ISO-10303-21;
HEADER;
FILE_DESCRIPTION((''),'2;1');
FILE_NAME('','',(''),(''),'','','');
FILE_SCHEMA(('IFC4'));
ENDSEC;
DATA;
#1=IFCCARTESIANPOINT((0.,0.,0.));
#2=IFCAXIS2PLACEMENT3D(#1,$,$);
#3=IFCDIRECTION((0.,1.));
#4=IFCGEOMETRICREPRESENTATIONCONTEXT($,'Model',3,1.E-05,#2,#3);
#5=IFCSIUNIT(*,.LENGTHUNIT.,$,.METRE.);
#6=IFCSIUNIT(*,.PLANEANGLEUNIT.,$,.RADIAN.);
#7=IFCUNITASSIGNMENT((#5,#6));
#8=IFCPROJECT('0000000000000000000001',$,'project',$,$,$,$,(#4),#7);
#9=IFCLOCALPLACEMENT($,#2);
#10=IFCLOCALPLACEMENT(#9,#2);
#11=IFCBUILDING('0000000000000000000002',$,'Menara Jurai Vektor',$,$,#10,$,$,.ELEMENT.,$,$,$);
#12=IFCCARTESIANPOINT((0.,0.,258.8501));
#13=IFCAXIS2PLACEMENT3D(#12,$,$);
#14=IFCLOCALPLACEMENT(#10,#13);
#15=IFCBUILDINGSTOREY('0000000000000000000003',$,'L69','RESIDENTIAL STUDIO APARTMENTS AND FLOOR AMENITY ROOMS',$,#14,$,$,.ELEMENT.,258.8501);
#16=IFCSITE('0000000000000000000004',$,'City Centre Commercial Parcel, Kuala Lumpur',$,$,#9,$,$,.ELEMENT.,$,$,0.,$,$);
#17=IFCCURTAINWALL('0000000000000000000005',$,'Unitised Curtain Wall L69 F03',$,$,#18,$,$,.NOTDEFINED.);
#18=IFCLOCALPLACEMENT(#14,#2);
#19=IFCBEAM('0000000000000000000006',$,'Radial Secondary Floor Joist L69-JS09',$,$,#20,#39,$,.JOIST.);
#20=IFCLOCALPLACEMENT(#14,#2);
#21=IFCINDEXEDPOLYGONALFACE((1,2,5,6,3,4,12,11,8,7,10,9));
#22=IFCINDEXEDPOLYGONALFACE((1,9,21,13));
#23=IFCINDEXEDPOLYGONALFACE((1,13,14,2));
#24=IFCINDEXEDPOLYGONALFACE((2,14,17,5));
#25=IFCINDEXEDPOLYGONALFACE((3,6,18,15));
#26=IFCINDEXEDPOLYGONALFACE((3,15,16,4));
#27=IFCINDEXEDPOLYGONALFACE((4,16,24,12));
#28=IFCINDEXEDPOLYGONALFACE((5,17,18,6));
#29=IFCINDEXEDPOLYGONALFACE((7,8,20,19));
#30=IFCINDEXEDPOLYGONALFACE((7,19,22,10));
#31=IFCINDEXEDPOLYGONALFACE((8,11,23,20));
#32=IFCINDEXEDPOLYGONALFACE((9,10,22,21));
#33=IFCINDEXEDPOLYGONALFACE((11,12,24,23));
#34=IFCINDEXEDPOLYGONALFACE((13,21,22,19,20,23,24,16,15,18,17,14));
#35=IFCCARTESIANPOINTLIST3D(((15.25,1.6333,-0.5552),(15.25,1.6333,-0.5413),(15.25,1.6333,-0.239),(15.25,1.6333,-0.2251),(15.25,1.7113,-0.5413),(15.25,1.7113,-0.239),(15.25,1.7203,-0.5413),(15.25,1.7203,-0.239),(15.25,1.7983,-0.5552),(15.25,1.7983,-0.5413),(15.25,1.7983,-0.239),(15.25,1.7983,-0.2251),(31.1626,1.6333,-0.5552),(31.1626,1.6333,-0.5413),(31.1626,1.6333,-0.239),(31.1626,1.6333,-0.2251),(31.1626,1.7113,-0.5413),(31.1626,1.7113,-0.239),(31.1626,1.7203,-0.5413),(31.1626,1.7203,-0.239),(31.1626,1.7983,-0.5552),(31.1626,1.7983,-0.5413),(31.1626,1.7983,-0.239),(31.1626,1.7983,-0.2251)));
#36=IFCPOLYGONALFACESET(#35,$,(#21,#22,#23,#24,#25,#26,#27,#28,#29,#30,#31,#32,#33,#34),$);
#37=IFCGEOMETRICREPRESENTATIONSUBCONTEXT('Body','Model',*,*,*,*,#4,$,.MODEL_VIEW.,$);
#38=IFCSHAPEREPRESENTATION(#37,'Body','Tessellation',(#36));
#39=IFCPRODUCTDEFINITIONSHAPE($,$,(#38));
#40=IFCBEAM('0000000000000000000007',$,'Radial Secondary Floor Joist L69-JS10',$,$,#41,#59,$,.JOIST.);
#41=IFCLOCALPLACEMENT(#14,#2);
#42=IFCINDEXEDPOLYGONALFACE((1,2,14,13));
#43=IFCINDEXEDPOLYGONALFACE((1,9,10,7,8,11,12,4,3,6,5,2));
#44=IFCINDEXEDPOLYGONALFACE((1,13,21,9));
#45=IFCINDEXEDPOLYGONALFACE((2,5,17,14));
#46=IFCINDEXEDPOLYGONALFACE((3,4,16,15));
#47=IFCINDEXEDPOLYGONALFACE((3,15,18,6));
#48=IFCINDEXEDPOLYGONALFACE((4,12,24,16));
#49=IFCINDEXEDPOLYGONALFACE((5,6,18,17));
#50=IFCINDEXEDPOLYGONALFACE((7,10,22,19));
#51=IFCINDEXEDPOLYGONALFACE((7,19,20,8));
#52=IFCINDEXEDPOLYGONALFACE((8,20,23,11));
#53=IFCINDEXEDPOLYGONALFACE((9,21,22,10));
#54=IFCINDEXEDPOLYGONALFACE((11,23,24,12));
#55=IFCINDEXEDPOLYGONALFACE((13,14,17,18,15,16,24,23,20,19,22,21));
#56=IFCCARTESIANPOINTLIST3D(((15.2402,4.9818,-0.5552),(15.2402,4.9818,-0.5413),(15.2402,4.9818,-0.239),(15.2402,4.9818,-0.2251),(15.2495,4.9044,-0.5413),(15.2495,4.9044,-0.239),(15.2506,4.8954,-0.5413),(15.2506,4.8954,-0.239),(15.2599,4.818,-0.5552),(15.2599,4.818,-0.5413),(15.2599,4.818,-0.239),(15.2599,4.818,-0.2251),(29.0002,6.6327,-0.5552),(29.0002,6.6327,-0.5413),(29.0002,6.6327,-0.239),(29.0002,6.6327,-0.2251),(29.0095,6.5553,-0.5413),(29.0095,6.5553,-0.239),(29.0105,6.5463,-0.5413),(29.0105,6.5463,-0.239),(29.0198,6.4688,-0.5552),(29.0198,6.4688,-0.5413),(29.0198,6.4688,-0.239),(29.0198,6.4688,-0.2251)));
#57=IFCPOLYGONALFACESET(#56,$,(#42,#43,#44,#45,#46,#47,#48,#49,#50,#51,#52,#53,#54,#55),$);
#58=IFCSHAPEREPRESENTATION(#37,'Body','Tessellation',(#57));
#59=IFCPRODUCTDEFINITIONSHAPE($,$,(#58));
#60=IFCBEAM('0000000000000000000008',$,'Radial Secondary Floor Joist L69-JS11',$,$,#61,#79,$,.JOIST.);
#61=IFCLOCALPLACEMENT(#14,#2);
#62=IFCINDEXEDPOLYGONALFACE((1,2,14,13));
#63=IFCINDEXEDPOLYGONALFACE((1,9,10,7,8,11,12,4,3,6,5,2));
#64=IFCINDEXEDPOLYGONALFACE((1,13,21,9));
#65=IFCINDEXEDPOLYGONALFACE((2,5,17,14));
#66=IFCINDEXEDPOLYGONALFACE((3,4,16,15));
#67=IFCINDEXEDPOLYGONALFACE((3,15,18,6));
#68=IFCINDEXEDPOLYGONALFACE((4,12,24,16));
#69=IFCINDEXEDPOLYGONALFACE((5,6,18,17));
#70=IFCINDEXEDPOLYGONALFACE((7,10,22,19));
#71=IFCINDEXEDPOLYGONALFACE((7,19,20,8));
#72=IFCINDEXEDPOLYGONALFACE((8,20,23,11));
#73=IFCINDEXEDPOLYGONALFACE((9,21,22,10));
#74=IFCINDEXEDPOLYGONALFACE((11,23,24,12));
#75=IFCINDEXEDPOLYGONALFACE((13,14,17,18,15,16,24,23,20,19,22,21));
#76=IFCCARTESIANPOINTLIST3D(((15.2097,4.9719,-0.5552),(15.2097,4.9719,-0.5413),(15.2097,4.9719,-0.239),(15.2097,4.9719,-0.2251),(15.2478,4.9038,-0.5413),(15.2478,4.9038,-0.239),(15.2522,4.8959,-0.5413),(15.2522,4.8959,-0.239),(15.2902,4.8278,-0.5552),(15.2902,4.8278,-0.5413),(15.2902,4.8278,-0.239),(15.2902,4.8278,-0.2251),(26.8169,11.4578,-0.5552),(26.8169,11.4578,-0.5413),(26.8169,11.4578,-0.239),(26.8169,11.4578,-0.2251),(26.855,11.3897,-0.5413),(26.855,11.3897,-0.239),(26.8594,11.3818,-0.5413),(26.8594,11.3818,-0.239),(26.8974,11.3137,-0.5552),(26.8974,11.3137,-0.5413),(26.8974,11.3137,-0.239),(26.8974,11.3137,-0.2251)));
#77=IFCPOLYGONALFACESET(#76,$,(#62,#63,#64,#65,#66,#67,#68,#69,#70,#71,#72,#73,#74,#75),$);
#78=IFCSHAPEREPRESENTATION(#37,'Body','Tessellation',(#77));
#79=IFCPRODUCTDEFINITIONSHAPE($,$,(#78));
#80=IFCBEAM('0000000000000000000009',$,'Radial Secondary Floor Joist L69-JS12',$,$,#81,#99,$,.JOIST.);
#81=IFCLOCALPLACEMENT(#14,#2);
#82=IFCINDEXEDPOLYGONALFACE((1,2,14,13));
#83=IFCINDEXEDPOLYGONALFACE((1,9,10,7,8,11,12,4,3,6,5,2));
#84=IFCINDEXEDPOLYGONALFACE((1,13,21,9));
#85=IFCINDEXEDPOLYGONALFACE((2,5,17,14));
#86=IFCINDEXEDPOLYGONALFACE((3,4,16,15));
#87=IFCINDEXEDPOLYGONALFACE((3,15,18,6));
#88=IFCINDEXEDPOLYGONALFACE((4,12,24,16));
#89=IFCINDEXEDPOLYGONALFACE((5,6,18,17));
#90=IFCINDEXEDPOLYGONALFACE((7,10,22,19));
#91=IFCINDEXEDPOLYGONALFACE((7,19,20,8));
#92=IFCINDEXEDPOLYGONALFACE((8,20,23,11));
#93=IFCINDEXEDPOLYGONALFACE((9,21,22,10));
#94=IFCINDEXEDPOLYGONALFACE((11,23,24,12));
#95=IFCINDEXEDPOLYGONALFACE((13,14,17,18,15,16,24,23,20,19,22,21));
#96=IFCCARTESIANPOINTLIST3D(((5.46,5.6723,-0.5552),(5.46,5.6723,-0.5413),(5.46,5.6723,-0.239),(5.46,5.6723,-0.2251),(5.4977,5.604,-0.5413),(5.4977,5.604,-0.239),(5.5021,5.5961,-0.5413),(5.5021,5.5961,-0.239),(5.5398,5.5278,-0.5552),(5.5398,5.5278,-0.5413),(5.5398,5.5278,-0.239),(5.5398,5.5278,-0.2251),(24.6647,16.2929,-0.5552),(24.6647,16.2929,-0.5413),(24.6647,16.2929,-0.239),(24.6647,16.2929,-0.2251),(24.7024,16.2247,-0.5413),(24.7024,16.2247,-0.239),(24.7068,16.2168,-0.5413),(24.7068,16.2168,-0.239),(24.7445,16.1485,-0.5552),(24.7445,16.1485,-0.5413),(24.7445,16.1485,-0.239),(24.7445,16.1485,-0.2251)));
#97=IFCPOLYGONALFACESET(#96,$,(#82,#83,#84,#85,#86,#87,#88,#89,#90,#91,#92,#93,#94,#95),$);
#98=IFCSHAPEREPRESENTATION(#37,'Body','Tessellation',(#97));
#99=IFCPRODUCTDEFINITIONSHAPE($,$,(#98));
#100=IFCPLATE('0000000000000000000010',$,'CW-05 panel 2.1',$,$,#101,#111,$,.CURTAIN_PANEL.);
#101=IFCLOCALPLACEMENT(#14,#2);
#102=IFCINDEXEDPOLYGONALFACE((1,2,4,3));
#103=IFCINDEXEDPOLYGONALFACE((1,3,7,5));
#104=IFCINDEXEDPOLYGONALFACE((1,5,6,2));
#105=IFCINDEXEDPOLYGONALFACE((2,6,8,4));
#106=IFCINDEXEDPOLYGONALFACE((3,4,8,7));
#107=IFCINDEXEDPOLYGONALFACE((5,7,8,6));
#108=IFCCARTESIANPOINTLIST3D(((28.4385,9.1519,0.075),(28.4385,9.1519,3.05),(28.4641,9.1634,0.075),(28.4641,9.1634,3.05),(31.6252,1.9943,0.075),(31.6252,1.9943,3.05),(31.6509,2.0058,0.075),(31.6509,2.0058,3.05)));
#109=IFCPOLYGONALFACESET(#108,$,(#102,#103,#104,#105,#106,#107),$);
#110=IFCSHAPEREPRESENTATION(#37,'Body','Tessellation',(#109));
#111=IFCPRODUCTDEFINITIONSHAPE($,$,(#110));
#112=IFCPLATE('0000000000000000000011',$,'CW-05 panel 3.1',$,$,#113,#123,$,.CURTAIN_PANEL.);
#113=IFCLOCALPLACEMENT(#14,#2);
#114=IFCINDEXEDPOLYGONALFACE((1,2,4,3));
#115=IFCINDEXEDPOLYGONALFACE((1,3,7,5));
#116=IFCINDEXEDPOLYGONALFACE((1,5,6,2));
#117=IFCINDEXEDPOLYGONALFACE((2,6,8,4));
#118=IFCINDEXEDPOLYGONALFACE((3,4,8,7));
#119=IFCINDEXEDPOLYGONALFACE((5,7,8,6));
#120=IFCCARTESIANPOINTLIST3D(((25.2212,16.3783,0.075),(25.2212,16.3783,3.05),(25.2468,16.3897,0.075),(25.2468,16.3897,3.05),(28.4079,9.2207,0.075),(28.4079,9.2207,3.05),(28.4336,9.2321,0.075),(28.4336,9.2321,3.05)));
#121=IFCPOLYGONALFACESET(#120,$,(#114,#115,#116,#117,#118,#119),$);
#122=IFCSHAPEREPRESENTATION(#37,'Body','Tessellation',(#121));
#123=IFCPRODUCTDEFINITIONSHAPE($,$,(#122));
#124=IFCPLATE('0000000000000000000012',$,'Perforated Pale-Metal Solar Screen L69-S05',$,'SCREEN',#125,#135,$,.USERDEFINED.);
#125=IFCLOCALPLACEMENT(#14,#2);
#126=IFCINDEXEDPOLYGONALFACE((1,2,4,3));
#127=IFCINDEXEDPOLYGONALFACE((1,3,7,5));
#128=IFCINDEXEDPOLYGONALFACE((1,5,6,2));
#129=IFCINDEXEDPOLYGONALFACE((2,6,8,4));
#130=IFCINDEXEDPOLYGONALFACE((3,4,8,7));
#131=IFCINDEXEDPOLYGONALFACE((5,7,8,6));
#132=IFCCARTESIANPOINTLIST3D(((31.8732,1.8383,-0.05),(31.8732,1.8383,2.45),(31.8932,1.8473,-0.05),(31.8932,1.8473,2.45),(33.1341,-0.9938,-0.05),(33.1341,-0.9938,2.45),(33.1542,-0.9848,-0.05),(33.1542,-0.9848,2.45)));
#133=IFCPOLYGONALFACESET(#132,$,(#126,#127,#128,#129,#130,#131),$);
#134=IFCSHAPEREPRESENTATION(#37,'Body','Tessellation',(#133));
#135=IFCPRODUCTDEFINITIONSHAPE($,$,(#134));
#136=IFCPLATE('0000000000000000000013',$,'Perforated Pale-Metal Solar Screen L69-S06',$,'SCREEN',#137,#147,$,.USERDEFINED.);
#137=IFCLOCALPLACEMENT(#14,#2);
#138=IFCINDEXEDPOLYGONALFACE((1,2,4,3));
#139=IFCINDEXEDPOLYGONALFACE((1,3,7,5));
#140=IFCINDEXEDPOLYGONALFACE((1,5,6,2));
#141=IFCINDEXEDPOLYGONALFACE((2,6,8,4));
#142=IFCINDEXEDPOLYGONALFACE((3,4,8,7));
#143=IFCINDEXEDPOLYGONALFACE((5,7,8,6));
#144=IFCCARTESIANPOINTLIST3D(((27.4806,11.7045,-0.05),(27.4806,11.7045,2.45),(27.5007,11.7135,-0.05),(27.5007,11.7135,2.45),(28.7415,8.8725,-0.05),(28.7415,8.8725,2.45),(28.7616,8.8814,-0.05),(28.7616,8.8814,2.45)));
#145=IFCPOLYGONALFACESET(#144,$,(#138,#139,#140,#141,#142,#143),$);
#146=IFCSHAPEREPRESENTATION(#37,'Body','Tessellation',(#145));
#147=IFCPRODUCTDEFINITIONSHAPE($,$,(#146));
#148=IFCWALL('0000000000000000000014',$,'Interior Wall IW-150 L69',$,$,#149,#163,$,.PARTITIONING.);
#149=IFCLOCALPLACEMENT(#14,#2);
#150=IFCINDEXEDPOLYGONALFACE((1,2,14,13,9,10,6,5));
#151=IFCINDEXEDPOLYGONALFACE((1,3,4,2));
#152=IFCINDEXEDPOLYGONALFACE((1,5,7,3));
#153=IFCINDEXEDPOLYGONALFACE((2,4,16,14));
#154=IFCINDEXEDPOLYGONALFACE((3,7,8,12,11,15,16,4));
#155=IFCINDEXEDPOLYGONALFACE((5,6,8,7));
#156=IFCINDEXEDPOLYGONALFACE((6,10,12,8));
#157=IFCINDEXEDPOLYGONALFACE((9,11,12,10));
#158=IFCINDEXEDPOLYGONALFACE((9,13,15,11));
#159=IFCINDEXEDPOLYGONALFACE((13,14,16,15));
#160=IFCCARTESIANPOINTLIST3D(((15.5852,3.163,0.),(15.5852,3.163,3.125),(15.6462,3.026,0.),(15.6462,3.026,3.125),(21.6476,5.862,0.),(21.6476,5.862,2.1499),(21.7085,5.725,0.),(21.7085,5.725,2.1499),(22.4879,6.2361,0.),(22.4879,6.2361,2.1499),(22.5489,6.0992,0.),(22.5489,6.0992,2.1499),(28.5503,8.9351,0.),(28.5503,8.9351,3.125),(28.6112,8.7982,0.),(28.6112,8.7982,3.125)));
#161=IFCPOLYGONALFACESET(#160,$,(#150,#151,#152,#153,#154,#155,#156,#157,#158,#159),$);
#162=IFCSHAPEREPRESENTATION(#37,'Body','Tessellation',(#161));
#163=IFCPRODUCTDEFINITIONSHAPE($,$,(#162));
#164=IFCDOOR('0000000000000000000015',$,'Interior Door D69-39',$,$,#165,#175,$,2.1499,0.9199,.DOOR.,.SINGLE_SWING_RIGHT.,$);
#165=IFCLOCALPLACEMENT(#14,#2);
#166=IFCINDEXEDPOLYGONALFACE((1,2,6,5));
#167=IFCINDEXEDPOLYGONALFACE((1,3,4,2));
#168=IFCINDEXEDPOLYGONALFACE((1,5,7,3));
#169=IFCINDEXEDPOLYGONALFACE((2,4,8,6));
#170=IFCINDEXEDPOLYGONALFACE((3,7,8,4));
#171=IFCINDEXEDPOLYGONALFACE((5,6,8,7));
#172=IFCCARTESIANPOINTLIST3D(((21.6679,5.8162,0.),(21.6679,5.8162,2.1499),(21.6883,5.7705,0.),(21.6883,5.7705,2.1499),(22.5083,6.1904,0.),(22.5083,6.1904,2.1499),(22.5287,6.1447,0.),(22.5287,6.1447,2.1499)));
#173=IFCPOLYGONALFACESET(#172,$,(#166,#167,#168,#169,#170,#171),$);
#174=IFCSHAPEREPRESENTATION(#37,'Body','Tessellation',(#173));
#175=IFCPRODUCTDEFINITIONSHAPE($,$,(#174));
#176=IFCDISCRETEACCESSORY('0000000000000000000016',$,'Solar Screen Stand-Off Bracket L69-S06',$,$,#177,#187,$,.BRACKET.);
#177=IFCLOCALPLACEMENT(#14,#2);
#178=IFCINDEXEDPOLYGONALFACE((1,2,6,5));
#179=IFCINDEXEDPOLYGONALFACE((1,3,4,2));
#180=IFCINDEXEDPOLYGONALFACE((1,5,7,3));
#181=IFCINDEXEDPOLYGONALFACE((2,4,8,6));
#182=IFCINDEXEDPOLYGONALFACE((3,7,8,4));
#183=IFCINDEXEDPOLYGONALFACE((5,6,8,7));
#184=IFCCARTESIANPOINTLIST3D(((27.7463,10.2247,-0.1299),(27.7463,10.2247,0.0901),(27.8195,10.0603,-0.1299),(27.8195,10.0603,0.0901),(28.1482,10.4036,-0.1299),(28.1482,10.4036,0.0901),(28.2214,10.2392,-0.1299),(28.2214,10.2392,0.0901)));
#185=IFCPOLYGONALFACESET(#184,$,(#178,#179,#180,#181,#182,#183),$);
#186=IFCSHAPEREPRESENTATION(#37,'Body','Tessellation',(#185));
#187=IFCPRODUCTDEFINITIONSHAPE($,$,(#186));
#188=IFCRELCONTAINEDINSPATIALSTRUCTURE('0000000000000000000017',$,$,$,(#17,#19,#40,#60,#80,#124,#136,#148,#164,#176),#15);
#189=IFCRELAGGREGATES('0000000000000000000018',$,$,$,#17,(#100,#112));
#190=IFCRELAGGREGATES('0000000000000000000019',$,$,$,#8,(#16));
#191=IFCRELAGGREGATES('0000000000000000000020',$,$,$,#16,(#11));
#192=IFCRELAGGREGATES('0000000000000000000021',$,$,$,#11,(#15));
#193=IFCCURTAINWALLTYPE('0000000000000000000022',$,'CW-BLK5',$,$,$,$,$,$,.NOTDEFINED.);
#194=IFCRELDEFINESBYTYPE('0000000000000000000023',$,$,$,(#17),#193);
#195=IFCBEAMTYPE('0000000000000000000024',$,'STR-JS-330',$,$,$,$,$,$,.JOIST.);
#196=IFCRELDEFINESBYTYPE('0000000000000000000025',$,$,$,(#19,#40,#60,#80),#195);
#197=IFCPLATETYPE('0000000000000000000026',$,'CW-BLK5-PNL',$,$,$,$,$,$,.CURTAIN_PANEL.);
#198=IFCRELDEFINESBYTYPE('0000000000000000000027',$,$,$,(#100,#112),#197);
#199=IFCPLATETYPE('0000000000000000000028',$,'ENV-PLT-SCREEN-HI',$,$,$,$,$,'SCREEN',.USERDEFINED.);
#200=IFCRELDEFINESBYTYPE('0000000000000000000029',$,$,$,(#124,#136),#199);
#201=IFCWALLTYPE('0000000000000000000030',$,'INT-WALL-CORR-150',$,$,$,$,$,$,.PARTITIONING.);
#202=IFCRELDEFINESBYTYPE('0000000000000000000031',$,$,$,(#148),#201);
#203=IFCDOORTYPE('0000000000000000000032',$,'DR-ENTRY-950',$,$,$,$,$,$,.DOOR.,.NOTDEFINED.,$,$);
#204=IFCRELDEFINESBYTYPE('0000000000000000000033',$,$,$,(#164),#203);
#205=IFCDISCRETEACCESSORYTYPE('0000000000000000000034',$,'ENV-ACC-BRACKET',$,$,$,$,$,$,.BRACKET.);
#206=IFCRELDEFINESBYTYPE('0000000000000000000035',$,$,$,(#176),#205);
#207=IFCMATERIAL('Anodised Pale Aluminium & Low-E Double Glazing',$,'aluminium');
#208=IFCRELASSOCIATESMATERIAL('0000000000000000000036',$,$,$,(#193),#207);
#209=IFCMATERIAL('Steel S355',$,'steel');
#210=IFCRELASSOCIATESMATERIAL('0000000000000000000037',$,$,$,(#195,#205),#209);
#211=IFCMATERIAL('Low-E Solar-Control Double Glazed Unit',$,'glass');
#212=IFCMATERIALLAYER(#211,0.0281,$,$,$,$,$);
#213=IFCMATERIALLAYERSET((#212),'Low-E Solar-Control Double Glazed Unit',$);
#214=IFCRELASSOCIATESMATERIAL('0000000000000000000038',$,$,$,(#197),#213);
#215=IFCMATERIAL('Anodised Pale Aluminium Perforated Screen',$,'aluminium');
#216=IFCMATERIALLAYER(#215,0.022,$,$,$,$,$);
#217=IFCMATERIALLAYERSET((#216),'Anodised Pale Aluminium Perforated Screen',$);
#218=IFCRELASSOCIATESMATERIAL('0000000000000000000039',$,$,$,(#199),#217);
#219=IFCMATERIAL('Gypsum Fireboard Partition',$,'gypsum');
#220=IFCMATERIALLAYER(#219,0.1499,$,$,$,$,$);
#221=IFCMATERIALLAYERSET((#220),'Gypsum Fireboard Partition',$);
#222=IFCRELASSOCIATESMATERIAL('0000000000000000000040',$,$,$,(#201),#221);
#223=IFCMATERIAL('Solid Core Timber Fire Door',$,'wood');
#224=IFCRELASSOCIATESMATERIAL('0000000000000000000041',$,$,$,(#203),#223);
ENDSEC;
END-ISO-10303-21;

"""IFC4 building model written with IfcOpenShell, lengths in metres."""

from ifc_helpers import new_model, si_unit, direction, frame, frame_2d, origin, origin_2d, place, context, subcontext, project, spatial, rectangle, i_section, extrude, material, layer, layer_set, material_profile, profile_set, type_object, element, fill, aggregate, save


model = new_model("IFC4")

# Units and contexts
model_context = context("Model", 3, precision=1e-05, world=origin(), true_north=direction((0.0, 1.0)))
body_context = subcontext(model_context, "Body", "Model", "MODEL_VIEW")
ifc_project = project(units=[si_unit("LENGTHUNIT", "METRE"), si_unit("PLANEANGLEUNIT", "RADIAN")], contexts=[model_context])

# Site, building, storey
site_placement = place(None, origin())
site = spatial("IfcSite", under=ifc_project, at=site_placement, Name="City Centre Commercial Parcel, Kuala Lumpur", CompositionType="ELEMENT", RefElevation=0.0)
building_placement = place(site_placement, origin())
building = spatial("IfcBuilding", under=site, at=building_placement, Name="Menara Jurai Vektor", CompositionType="ELEMENT")
storey_placement = place(building_placement, frame((0.0, 0.0, 258.8501)))
storey = spatial("IfcBuildingStorey", under=building, at=storey_placement, Name="L69", Description="RESIDENTIAL STUDIO APARTMENTS AND FLOOR AMENITY ROOMS", CompositionType="ELEMENT", Elevation=258.8501)

# Curtain wall
ifc_material_1 = material(Name="Anodised Pale Aluminium & Low-E Double Glazing", Category="aluminium")
curtain_wall_type = type_object("IfcCurtainWallType", Name="CW-BLK5", PredefinedType="NOTDEFINED", material=ifc_material_1)
curtain_wall_placement = place(storey_placement, origin())
curtain_wall = element("IfcCurtainWall", 1, at=curtain_wall_placement, inside=storey, type_object=curtain_wall_type, Name="Unitised Curtain Wall L69 F03", PredefinedType="NOTDEFINED")

# Beams
ifc_material_2 = material(Name="Steel S355", Category="steel")
ifc_material_profile_1 = material_profile(ifc_material_2, i_section(OverallWidth=0.165, OverallDepth=0.3301, WebThickness=0.009, FlangeThickness=0.0139, at=origin_2d()), Name="PG 330x165x46")
ifc_profile_set_1 = profile_set([ifc_material_profile_1], Name="Steel S355")
beam_type_1 = type_object("IfcBeamType", Name="STR-JS-330", PredefinedType="JOIST", material=ifc_profile_set_1)
beam_1_placement = place(storey_placement, frame((31.1626, 1.7158, -0.3901), z_axis=(-1.0, 0.0, 0.0), x_axis=(0.0, -1.0, 0.0)))
element("IfcBeam", 2, at=beam_1_placement, inside=storey, type_object=beam_type_1, Name="Radial Secondary Floor Joist L69-JS09", PredefinedType="JOIST", context=body_context, shape_type="SweptSolid", body=[
    extrude(i_section(OverallWidth=0.165, OverallDepth=0.3301, WebThickness=0.009, FlangeThickness=0.0139, at=origin_2d()), origin(), (0.0, 0.0, 1.0), 15.9126),
])
beam_2_placement = place(storey_placement, frame((29.01, 6.5508, -0.3901), z_axis=(-0.99288, -0.119122, 0.0), x_axis=(0.119122, -0.99288, 0.0)))
element("IfcBeam", 3, at=beam_2_placement, inside=storey, type_object=beam_type_1, Name="Radial Secondary Floor Joist L69-JS10", PredefinedType="JOIST", context=body_context, shape_type="SweptSolid", body=[
    extrude(i_section(OverallWidth=0.165, OverallDepth=0.3301, WebThickness=0.009, FlangeThickness=0.0139, at=origin_2d()), origin(), (0.0, 0.0, 1.0), 13.8586),
])
beam_3_placement = place(storey_placement, frame((26.8572, 11.3857, -0.3901), z_axis=(-0.87296, -0.487791, 0.0), x_axis=(0.487791, -0.87296, 0.0)))
element("IfcBeam", 4, at=beam_3_placement, inside=storey, type_object=beam_type_1, Name="Radial Secondary Floor Joist L69-JS11", PredefinedType="JOIST", context=body_context, shape_type="SweptSolid", body=[
    extrude(i_section(OverallWidth=0.165, OverallDepth=0.3301, WebThickness=0.009, FlangeThickness=0.0139, at=origin_2d()), origin(), (0.0, 0.0, 1.0), 13.2964),
])
beam_4_placement = place(storey_placement, frame((24.7046, 16.2207, -0.3901), z_axis=(-0.875096, -0.483949, 0.0), x_axis=(0.483949, -0.875096, 0.0)))
element("IfcBeam", 5, at=beam_4_placement, inside=storey, type_object=beam_type_1, Name="Radial Secondary Floor Joist L69-JS12", PredefinedType="JOIST", context=body_context, shape_type="SweptSolid", body=[
    extrude(i_section(OverallWidth=0.165, OverallDepth=0.3301, WebThickness=0.009, FlangeThickness=0.0139, at=origin_2d()), origin(), (0.0, 0.0, 1.0), 21.9458),
])

# Plates
ifc_material_3 = material(Name="Low-E Solar-Control Double Glazed Unit", Category="glass")
ifc_layer_1 = layer(ifc_material_3, 0.0281)
ifc_layer_set_1 = layer_set([ifc_layer_1], Name="Low-E Solar-Control Double Glazed Unit")
plate_type_1 = type_object("IfcPlateType", Name="CW-BLK5-PNL", PredefinedType="CURTAIN_PANEL", material=ifc_layer_set_1)
plate_1_placement = place(storey_placement, frame((30.0447, 5.5789, 0.075), z_axis=(0.0, 0.0, 1.0), x_axis=(-0.406735, 0.913546, 0.0)))
plate_1 = element("IfcPlate", 6, at=plate_1_placement, type_object=plate_type_1, Name="CW-05 panel 2.1", PredefinedType="CURTAIN_PANEL", context=body_context, shape_type="SweptSolid", body=[
    extrude(rectangle(XDim=7.835, YDim=0.0281, at=origin_2d()), origin(), (0.0, 0.0, 1.0), 2.9751),
])
plate_2_placement = place(storey_placement, frame((26.8274, 12.8052, 0.075), z_axis=(0.0, 0.0, 1.0), x_axis=(-0.406735, 0.913546, 0.0)))
plate_2 = element("IfcPlate", 7, at=plate_2_placement, type_object=plate_type_1, Name="CW-05 panel 3.1", PredefinedType="CURTAIN_PANEL", context=body_context, shape_type="SweptSolid", body=[
    extrude(rectangle(XDim=7.835, YDim=0.0281, at=origin_2d()), origin(), (0.0, 0.0, 1.0), 2.9751),
])
aggregate(curtain_wall, [plate_1, plate_2])

# Plates
ifc_material_4 = material(Name="Anodised Pale Aluminium Perforated Screen", Category="aluminium")
ifc_layer_2 = layer(ifc_material_4, 0.022)
ifc_layer_set_2 = layer_set([ifc_layer_2], Name="Anodised Pale Aluminium Perforated Screen")
plate_type_2 = type_object("IfcPlateType", Name="ENV-PLT-SCREEN-HI", ElementType="SCREEN", PredefinedType="USERDEFINED", material=ifc_layer_set_2)
for number, where, z_axis, x_axis, name in (
    (8, (32.5137, 0.4268, -0.05), (0.0, 0.0, 1.0), (-0.406737, 0.913545, 0.0), "Perforated Pale-Metal Solar Screen L69-S05"),
    (9, (28.1211, 10.293, -0.05), (0.0, 0.0, 1.0), (-0.406737, 0.913545, 0.0), "Perforated Pale-Metal Solar Screen L69-S06"),
):
    element("IfcPlate", number, at=place(storey_placement, frame(where, z_axis=z_axis, x_axis=x_axis)), inside=storey, type_object=plate_type_2, Name=name, ObjectType="SCREEN", PredefinedType="USERDEFINED", context=body_context, shape_type="SweptSolid", body=[
        extrude(rectangle(XDim=3.1001, YDim=0.022, at=origin_2d()), origin(), (0.0, 0.0, 1.0), 2.5),
    ])

# Wall, opening, door
ifc_material_5 = material(Name="Gypsum Fireboard Partition", Category="gypsum")
ifc_layer_3 = layer(ifc_material_5, 0.1499)
ifc_layer_set_3 = layer_set([ifc_layer_3], Name="Gypsum Fireboard Partition")
wall_type = type_object("IfcWallType", Name="INT-WALL-CORR-150", PredefinedType="PARTITIONING", material=ifc_layer_set_3)
wall_placement = place(storey_placement, frame((15.6157, 3.0945, 0.0), z_axis=(0.0, 0.0, 1.0), x_axis=(0.913551, 0.406724, 0.0)))
wall = element("IfcWall", 10, at=wall_placement, inside=storey, type_object=wall_type, Name="Interior Wall IW-150 L69", PredefinedType="PARTITIONING", context=body_context, shape_type="SweptSolid", body=[
    extrude(rectangle(XDim=14.1919, YDim=0.1499, at=frame_2d((7.0959, 0.0))), origin(), (0.0, 0.0, 1.0), 3.125),
])
opening_placement = place(wall_placement, frame((6.636, 0.0, 0.0)))
opening = element("IfcOpeningElement", 11, at=opening_placement, cuts=wall, PredefinedType="OPENING", context=body_context, shape_type="SweptSolid", body=[
    extrude(rectangle(XDim=0.9199, YDim=2.1499, at=frame_2d((0.46, 1.075))), frame((0.0, 0.085, 0.0), z_axis=(0.0, -1.0, 0.0), x_axis=(1.0, 0.0, 0.0)), (0.0, 0.0, 1.0), 0.1699),
])
ifc_material_6 = material(Name="Solid Core Timber Fire Door", Category="wood")
door_type = type_object("IfcDoorType", Name="DR-ENTRY-950", OperationType="NOTDEFINED", PredefinedType="DOOR", material=ifc_material_6)
door_placement = place(opening_placement, origin())
door = element("IfcDoor", 12, at=door_placement, inside=storey, type_object=door_type, Name="Interior Door D69-39", OperationType="SINGLE_SWING_RIGHT", OverallHeight=2.1499, OverallWidth=0.9199, PredefinedType="DOOR", context=body_context, shape_type="SweptSolid", body=[
    extrude(rectangle(XDim=0.9199, YDim=2.1499, at=frame_2d((0.46, 1.075))), frame((0.0, 0.0249, 0.0), z_axis=(0.0, -1.0, 0.0), x_axis=(1.0, 0.0, 0.0)), (0.0, 0.0, 1.0), 0.05),
])
fill(opening, door)

# Discrete accessory
discrete_accessory_type = type_object("IfcDiscreteAccessoryType", Name="ENV-ACC-BRACKET", PredefinedType="BRACKET", material=ifc_material_2)
discrete_accessory_placement = place(storey_placement, frame((27.9839, 10.2319, -0.1299), z_axis=(0.0, 0.0, 1.0), x_axis=(-0.406737, 0.913545, 0.0)))
element("IfcDiscreteAccessory", 13, at=discrete_accessory_placement, inside=storey, type_object=discrete_accessory_type, Name="Solar Screen Stand-Off Bracket L69-S06", PredefinedType="BRACKET", context=body_context, shape_type="SweptSolid", body=[
    extrude(rectangle(XDim=0.1799, YDim=0.4399, at=origin_2d()), origin(), (0.0, 0.0, 1.0), 0.22),
])

save(model, "model.ifc")
